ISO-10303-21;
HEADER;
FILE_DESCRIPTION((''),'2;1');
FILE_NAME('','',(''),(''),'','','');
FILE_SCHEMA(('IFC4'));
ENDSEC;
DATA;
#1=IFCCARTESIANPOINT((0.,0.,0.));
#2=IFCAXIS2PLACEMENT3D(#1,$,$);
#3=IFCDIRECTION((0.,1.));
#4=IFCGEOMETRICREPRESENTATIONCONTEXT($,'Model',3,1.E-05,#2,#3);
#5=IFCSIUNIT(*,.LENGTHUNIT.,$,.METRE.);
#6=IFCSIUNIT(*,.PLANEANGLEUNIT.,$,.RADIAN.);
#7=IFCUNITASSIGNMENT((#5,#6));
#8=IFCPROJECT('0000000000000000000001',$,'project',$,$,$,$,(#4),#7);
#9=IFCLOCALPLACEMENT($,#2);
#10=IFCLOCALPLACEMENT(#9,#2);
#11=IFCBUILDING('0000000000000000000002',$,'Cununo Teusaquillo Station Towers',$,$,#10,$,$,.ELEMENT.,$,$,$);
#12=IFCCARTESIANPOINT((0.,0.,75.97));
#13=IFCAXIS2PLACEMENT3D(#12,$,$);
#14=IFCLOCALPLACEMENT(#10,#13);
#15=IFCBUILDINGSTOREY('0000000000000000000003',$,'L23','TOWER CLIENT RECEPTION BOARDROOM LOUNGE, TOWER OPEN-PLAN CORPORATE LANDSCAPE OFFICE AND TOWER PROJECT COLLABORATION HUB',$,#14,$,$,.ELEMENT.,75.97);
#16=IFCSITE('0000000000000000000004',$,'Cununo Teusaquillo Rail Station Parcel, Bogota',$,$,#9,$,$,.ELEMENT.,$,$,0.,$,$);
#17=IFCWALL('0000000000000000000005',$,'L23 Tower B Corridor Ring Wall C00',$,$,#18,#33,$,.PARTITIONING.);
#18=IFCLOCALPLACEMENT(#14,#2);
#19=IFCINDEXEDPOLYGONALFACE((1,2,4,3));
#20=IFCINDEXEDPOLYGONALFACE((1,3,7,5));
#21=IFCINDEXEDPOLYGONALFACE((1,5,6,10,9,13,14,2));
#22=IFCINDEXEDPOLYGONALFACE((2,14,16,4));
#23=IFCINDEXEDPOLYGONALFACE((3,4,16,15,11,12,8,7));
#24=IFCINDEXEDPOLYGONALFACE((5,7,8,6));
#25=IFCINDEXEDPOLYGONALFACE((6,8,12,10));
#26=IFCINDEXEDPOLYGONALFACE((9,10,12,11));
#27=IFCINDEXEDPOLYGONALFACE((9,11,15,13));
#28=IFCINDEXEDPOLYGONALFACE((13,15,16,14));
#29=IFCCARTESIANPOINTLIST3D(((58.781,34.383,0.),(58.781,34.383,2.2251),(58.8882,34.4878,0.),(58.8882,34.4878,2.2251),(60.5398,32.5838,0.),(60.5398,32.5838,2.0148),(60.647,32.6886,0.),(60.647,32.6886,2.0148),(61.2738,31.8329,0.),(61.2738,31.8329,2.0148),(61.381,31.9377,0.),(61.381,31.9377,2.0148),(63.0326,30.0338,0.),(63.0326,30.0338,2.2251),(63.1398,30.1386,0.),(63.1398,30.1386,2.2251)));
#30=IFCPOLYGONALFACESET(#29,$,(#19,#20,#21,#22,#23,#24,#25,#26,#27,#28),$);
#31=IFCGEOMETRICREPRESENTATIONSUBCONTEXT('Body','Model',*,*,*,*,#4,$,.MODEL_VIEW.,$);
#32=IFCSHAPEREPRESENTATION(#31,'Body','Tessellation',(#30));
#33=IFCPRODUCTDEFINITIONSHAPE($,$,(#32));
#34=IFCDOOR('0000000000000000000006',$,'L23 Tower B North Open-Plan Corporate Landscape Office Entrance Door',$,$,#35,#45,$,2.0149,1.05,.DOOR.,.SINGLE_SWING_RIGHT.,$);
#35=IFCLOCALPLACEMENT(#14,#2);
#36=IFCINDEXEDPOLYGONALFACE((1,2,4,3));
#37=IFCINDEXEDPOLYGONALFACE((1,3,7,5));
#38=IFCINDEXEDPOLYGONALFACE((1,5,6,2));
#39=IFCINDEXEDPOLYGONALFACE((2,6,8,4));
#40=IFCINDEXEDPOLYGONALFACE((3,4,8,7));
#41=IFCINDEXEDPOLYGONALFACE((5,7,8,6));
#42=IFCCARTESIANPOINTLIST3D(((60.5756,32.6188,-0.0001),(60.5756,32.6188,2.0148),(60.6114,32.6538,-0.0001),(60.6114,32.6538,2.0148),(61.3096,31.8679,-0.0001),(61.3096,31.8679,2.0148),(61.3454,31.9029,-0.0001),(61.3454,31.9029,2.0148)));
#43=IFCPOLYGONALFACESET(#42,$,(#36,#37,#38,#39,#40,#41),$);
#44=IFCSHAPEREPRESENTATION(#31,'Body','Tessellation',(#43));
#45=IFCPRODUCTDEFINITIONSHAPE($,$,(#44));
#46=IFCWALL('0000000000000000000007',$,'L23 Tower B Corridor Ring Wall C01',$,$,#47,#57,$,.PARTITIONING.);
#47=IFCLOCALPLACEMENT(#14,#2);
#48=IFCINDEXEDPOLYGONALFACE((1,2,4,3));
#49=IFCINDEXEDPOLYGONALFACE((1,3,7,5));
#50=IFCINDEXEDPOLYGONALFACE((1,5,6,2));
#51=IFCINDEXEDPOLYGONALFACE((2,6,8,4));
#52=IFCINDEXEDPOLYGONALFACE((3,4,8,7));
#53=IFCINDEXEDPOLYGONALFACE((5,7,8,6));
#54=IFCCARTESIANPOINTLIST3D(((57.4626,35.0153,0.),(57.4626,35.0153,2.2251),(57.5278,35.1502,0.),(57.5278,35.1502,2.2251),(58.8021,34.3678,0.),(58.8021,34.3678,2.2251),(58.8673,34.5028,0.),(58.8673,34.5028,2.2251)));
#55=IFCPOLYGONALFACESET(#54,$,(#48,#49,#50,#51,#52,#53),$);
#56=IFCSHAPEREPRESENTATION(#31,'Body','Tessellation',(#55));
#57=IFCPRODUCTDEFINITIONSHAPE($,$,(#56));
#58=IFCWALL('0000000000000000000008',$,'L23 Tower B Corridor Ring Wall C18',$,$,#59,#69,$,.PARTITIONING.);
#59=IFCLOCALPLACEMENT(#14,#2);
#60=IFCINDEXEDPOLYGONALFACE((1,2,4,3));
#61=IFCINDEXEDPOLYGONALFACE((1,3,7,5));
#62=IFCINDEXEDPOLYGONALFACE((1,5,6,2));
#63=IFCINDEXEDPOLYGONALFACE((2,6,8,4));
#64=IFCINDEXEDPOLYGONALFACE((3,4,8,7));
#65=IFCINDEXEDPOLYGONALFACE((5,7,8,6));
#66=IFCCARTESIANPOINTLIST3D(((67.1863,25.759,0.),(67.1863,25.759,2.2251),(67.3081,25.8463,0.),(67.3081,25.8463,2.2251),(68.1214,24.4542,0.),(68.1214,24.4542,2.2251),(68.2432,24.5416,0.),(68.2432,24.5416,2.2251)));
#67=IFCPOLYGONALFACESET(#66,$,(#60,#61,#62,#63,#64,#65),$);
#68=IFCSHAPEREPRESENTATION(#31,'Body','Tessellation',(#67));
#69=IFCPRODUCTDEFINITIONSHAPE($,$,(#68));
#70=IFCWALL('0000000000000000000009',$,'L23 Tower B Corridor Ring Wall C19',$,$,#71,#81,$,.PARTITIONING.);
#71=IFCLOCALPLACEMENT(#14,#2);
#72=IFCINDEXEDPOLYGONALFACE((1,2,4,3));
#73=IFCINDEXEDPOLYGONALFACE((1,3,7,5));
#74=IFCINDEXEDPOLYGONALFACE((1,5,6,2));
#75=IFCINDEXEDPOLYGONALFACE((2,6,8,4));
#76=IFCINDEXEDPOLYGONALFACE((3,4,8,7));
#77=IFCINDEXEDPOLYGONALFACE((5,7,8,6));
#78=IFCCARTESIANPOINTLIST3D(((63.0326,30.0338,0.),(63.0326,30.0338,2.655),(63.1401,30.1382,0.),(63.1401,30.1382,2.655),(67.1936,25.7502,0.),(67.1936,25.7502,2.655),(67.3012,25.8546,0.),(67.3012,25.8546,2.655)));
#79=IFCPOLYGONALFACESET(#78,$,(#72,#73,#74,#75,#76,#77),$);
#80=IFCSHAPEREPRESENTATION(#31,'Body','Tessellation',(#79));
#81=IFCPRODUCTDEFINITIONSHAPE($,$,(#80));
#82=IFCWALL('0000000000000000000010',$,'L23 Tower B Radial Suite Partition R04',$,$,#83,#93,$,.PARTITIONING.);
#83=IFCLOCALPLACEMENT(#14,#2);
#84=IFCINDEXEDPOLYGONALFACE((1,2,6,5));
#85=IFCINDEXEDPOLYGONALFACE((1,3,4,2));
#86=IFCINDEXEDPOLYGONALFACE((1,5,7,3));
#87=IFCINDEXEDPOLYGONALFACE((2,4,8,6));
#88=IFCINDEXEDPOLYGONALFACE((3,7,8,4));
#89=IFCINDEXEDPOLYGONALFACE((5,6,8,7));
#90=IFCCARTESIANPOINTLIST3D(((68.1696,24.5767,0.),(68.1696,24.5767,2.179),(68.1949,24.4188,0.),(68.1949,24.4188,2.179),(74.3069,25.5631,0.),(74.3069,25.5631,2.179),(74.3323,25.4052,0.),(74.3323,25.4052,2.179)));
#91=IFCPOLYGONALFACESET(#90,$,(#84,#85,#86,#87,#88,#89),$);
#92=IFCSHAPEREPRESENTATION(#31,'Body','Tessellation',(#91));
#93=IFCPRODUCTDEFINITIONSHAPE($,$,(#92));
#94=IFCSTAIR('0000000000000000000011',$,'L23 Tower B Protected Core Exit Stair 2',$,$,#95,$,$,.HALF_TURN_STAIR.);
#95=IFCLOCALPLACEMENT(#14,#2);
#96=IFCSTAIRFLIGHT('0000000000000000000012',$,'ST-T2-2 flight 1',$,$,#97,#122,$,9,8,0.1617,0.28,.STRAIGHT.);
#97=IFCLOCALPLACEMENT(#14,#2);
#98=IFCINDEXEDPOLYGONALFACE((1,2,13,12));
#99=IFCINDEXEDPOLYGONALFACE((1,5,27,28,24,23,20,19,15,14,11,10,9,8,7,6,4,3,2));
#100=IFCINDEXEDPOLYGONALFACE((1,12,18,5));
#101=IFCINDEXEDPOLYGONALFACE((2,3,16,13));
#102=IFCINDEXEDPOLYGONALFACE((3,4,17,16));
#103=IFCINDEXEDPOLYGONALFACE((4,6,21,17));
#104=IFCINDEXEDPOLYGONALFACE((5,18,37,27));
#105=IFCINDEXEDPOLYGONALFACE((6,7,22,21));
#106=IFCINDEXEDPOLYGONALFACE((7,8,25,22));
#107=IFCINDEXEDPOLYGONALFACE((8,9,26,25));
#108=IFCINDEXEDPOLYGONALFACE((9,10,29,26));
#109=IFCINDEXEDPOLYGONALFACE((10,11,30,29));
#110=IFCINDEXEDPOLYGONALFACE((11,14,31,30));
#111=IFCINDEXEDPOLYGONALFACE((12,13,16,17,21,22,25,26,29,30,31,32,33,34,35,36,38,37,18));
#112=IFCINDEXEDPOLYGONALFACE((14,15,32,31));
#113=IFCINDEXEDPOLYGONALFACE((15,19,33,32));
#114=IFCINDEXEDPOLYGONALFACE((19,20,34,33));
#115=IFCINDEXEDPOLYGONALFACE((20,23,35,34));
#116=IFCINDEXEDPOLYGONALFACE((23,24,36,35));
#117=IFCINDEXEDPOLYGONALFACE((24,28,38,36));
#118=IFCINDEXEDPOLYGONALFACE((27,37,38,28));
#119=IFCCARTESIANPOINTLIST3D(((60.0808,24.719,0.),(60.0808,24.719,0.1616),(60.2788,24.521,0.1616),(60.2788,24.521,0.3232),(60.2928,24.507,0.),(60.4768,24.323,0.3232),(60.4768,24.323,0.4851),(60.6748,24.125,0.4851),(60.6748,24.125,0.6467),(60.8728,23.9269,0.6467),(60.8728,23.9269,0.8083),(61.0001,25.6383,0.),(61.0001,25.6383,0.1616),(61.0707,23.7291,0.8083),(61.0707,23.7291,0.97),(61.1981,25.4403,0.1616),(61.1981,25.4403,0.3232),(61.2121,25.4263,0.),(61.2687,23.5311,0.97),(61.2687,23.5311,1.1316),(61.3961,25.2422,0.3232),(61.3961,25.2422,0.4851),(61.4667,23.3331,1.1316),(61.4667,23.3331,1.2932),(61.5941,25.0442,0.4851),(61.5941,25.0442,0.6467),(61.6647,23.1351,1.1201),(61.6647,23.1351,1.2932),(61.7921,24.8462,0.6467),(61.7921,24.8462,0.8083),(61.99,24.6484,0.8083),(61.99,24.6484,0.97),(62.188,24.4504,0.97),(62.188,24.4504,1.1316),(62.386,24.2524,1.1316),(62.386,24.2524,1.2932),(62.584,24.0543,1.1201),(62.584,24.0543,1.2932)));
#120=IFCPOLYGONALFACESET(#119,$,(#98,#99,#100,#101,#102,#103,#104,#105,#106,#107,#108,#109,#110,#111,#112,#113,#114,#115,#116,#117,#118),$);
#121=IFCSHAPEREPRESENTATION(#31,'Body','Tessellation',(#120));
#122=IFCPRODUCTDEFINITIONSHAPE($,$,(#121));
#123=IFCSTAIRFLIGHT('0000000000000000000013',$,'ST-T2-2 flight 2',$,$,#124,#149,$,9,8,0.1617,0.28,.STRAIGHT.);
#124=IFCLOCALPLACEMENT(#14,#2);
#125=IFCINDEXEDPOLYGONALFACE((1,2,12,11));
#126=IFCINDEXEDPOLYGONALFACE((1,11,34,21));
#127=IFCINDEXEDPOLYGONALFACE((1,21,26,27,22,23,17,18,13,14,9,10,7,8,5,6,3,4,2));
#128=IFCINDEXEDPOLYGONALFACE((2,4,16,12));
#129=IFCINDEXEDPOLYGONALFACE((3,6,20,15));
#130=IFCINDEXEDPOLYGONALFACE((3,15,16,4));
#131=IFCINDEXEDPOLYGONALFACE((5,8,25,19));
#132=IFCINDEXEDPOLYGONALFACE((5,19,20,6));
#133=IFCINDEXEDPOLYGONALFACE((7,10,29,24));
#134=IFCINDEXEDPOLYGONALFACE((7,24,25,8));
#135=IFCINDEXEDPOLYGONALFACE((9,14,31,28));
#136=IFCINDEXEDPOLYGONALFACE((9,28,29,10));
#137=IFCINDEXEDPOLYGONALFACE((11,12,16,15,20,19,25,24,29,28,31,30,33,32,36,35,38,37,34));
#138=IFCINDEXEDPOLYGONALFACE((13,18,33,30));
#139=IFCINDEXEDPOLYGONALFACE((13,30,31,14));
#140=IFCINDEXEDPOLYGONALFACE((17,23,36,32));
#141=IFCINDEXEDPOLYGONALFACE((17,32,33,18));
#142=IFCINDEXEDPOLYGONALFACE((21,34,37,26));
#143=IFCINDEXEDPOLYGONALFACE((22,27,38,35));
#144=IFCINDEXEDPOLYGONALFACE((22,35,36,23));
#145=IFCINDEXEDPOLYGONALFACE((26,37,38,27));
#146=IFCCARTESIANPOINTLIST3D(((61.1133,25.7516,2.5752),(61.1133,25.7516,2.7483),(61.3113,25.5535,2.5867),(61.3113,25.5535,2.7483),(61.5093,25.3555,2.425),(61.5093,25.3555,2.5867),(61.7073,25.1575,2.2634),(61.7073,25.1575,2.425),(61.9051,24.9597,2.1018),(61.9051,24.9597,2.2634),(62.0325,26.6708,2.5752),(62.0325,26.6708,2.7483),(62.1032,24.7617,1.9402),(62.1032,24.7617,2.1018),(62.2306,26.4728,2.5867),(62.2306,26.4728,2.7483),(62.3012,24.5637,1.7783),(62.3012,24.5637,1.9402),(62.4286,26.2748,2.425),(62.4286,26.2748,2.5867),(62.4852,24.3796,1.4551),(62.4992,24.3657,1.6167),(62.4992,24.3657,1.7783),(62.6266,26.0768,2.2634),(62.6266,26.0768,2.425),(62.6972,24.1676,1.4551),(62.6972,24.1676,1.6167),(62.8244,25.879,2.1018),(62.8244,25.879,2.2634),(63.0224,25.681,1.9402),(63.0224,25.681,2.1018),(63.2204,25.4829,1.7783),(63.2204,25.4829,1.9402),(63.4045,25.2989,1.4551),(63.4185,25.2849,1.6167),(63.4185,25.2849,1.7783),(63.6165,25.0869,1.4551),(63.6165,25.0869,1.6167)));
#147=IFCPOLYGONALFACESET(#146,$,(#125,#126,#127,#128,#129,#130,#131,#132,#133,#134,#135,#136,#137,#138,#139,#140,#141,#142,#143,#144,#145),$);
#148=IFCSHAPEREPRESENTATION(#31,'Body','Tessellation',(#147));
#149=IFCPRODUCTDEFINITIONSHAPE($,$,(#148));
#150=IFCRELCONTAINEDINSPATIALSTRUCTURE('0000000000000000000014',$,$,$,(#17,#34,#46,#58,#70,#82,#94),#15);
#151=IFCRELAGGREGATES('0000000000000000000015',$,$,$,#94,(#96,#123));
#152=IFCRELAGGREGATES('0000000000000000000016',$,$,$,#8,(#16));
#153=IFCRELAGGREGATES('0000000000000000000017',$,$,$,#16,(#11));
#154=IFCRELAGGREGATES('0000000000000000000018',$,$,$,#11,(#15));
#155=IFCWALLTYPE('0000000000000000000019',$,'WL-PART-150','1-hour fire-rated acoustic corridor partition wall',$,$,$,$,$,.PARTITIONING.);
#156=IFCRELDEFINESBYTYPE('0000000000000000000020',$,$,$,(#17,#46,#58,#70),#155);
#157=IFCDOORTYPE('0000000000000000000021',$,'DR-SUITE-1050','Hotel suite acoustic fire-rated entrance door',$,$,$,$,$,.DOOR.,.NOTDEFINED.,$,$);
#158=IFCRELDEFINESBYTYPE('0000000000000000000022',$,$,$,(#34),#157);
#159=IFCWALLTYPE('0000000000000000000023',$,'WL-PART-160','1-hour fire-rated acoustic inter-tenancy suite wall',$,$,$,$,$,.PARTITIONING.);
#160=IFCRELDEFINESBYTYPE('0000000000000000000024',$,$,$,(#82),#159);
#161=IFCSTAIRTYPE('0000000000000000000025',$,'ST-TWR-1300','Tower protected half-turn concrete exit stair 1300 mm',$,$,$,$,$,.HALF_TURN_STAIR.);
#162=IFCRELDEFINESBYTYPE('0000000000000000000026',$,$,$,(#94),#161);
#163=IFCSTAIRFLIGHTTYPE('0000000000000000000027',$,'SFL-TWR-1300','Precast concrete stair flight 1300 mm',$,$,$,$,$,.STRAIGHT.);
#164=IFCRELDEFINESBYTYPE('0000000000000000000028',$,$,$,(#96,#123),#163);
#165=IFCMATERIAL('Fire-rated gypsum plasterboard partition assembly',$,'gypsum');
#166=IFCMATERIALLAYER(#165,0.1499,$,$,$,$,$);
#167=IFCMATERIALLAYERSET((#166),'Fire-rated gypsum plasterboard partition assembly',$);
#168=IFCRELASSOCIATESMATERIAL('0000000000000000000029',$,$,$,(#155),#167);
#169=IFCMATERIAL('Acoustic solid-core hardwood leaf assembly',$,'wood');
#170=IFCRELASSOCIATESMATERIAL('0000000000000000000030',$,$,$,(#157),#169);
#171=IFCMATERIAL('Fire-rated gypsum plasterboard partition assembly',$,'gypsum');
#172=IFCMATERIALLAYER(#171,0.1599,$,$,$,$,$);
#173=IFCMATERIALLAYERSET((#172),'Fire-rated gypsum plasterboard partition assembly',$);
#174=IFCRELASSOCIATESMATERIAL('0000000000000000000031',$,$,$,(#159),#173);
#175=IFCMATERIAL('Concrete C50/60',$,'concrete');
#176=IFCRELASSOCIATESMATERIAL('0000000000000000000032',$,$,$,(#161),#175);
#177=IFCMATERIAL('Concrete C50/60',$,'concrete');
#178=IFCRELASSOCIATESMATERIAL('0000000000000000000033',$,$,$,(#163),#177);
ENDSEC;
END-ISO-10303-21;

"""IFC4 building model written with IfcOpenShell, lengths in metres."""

from ifc_helpers import new_model, si_unit, direction, frame, frame_2d, origin, place, context, subcontext, project, spatial, polyline, rectangle, outline, extrude, source, transform, mapped, material, layer, layer_set, type_object, element, fill, aggregate, save


model = new_model("IFC4")

# Units and contexts
model_context = context("Model", 3, precision=1e-05, world=origin(), true_north=direction((0.0, 1.0)))
body_context = subcontext(model_context, "Body", "Model", "MODEL_VIEW")
ifc_project = project(units=[si_unit("LENGTHUNIT", "METRE"), si_unit("PLANEANGLEUNIT", "RADIAN")], contexts=[model_context])

# Site, building, storey
site_placement = place(None, origin())
site = spatial("IfcSite", under=ifc_project, at=site_placement, Name="Cununo Teusaquillo Rail Station Parcel, Bogota", CompositionType="ELEMENT", RefElevation=0.0)
building_placement = place(site_placement, origin())
building = spatial("IfcBuilding", under=site, at=building_placement, Name="Cununo Teusaquillo Station Towers", CompositionType="ELEMENT")
storey_placement = place(building_placement, frame((0.0, 0.0, 75.97)))
storey = spatial("IfcBuildingStorey", under=building, at=storey_placement, Name="L23", Description="TOWER CLIENT RECEPTION BOARDROOM LOUNGE, TOWER OPEN-PLAN CORPORATE LANDSCAPE OFFICE AND TOWER PROJECT COLLABORATION HUB", CompositionType="ELEMENT", Elevation=75.97)

# Wall, opening, door
ifc_material_1 = material(Name="Fire-rated gypsum plasterboard partition assembly", Category="gypsum")
ifc_layer_1 = layer(ifc_material_1, 0.1499)
ifc_layer_set_1 = layer_set([ifc_layer_1], Name="Fire-rated gypsum plasterboard partition assembly")
wall_type_1 = type_object("IfcWallType", Name="WL-PART-150", Description="1-hour fire-rated acoustic corridor partition wall", PredefinedType="PARTITIONING", material=ifc_layer_set_1)
wall_1_placement = place(storey_placement, frame((63.0862, 30.0862, 0.0), z_axis=(0.0, 0.0, 1.0), x_axis=(-0.699033, 0.71509, 0.0)))
wall_1 = element("IfcWall", 1, at=wall_1_placement, inside=storey, type_object=wall_type_1, Name="L23 Tower B Corridor Ring Wall C00", PredefinedType="PARTITIONING", context=body_context, shape_type="SweptSolid", body=[
    extrude(rectangle(XDim=6.082, YDim=0.1499, at=frame_2d((3.041, 0.0))), origin(), (0.0, 0.0, 1.0), 2.2251),
])
shared_shape_1 = source(origin(), body_context, "Body", "SweptSolid", [
    extrude(rectangle(XDim=1.05, YDim=2.0149, at=frame_2d((0.5249, 1.0073))), frame((0.0, 0.085, 0.0), z_axis=(0.0, -1.0, 0.0), x_axis=(1.0, 0.0, 0.0)), (0.0, 0.0, 1.0), 0.1699),
])
opening_1_placement = place(wall_1_placement, frame((2.5161, 0.0, 0.0)))
opening_1 = element("IfcOpeningElement", 2, at=opening_1_placement, cuts=wall_1, PredefinedType="OPENING", context=body_context, shape_type="MappedRepresentation", body=[
    mapped(shared_shape_1, transform((0.0, 0.0, 0.0), x_axis=(1.0, 0.0, 0.0), y_axis=(0.0, 1.0, 0.0), z_axis=(0.0, 0.0, 1.0), scale=1.0)),
])
ifc_material_2 = material(Name="Acoustic solid-core hardwood leaf assembly", Category="wood")
door_type = type_object("IfcDoorType", Name="DR-SUITE-1050", Description="Hotel suite acoustic fire-rated entrance door", OperationType="NOTDEFINED", PredefinedType="DOOR", material=ifc_material_2)
shared_shape_2 = source(origin(), body_context, "Body", "SweptSolid", [
    extrude(rectangle(XDim=1.05, YDim=2.0149, at=frame_2d((0.5249, 1.0073))), frame((0.0, 0.0249, 0.0), z_axis=(0.0, -1.0, 0.0), x_axis=(1.0, 0.0, 0.0)), (0.0, 0.0, 1.0), 0.05),
])
door_placement = place(opening_1_placement, origin())
door = element("IfcDoor", 3, at=door_placement, inside=storey, type_object=door_type, Name="L23 Tower B North Open-Plan Corporate Landscape Office Entrance Door", OperationType="SINGLE_SWING_RIGHT", OverallHeight=2.0149, OverallWidth=1.05, PredefinedType="DOOR", context=body_context, shape_type="MappedRepresentation", body=[
    mapped(shared_shape_2, transform((0.0, 0.0, 0.0), x_axis=(1.0, 0.0, 0.0), y_axis=(0.0, 1.0, 0.0), z_axis=(0.0, 0.0, 1.0), scale=1.0)),
])
fill(opening_1, door)

# Walls
wall_2_placement = place(storey_placement, frame((58.8347, 34.4353, 0.0), z_axis=(0.0, 0.0, 1.0), x_axis=(-0.900352, 0.435162, 0.0)))
element("IfcWall", 4, at=wall_2_placement, inside=storey, type_object=wall_type_1, Name="L23 Tower B Corridor Ring Wall C01", PredefinedType="PARTITIONING", context=body_context, shape_type="SweptSolid", body=[
    extrude(rectangle(XDim=1.4878, YDim=0.1499, at=frame_2d((0.7439, 0.0))), origin(), (0.0, 0.0, 1.0), 2.2251),
])
wall_3_placement = place(storey_placement, frame((68.1824, 24.4978, 0.0), z_axis=(0.0, 0.0, 1.0), x_axis=(-0.582532, 0.812808, 0.0)))
element("IfcWall", 5, at=wall_3_placement, inside=storey, type_object=wall_type_1, Name="L23 Tower B Corridor Ring Wall C18", PredefinedType="PARTITIONING", context=body_context, shape_type="SweptSolid", body=[
    extrude(rectangle(XDim=1.6052, YDim=0.1499, at=frame_2d((0.8027, 0.0))), origin(), (0.0, 0.0, 1.0), 2.2251),
])
wall_4_placement = place(storey_placement, frame((67.2473, 25.8025, 0.0), z_axis=(0.0, 0.0, 1.0), x_axis=(-0.696771, 0.717293, 0.0)))
element("IfcWall", 6, at=wall_4_placement, inside=storey, type_object=wall_type_1, Name="L23 Tower B Corridor Ring Wall C19", PredefinedType="PARTITIONING", context=body_context, shape_type="SweptSolid", body=[
    extrude(rectangle(XDim=5.9719, YDim=0.1499, at=frame_2d((2.9858, 0.0))), origin(), (0.0, 0.0, 1.0), 2.655),
])
ifc_material_3 = material(Name="Fire-rated gypsum plasterboard partition assembly", Category="gypsum")
ifc_layer_2 = layer(ifc_material_3, 0.1599)
ifc_layer_set_2 = layer_set([ifc_layer_2], Name="Fire-rated gypsum plasterboard partition assembly")
wall_type_2 = type_object("IfcWallType", Name="WL-PART-160", Description="1-hour fire-rated acoustic inter-tenancy suite wall", PredefinedType="PARTITIONING", material=ifc_layer_set_2)
wall_5_placement = place(storey_placement, frame((68.1824, 24.4978, 0.0), z_axis=(0.0, 0.0, 1.0), x_axis=(0.987331, 0.158677, 0.0)))
element("IfcWall", 7, at=wall_5_placement, inside=storey, type_object=wall_type_2, Name="L23 Tower B Radial Suite Partition R04", PredefinedType="PARTITIONING", context=body_context, shape_type="SweptSolid", body=[
    extrude(rectangle(XDim=6.2161, YDim=0.1599, at=frame_2d((3.1079, 0.0))), origin(), (0.0, 0.0, 1.0), 2.179),
])

# Stair, stair flights
ifc_material_4 = material(Name="Concrete C50/60", Category="concrete")
stair_type = type_object("IfcStairType", Name="ST-TWR-1300", Description="Tower protected half-turn concrete exit stair 1300 mm", PredefinedType="HALF_TURN_STAIR", material=ifc_material_4)
stair_placement = place(storey_placement, origin())
stair = element("IfcStair", 8, at=stair_placement, inside=storey, type_object=stair_type, Name="L23 Tower B Protected Core Exit Stair 2", PredefinedType="HALF_TURN_STAIR")
ifc_material_5 = material(Name="Concrete C50/60", Category="concrete")
stair_flight_type = type_object("IfcStairFlightType", Name="SFL-TWR-1300", Description="Precast concrete stair flight 1300 mm", PredefinedType="STRAIGHT", material=ifc_material_5)
stair_flight_1_placement = place(storey_placement, frame((60.5405, 25.1787, 0.0), z_axis=(0.0, 0.0, 1.0), x_axis=(0.707107, -0.707107, 0.0)))
stair_flight_1 = element("IfcStairFlight", 9, at=stair_flight_1_placement, type_object=stair_flight_type, Name="ST-T2-2 flight 1", NumberOfRisers=9, NumberOfTreads=8, PredefinedType="STRAIGHT", RiserHeight=0.1617, TreadLength=0.28, context=body_context, shape_type="SweptSolid", body=[
    extrude(outline(polyline([(0.0, 0.0), (0.0, 0.1616), (0.28, 0.1616), (0.28, 0.3232), (0.5601, 0.3232), (0.5601, 0.4851), (0.8401, 0.4851), (0.8401, 0.6467), (1.1201, 0.6467), (1.1201, 0.8083), (1.3999, 0.8083), (1.3999, 0.97), (1.6799, 0.97), (1.6799, 1.1316), (1.96, 1.1316), (1.96, 1.2932), (2.24, 1.2932), (2.24, 1.4551), (2.24, 1.1201), (0.2998, 0.0), (0.0, 0.0)])), frame((0.0, 0.6499, 0.0), z_axis=(0.0, -1.0, 0.0), x_axis=(1.0, 0.0, 0.0)), (0.0, 0.0, 1.0), 1.3),
])
stair_flight_2_placement = place(storey_placement, frame((63.1567, 24.6272, 1.4551), z_axis=(0.0, 0.0, 1.0), x_axis=(-0.707107, 0.707107, 0.0)))
stair_flight_2 = element("IfcStairFlight", 10, at=stair_flight_2_placement, type_object=stair_flight_type, Name="ST-T2-2 flight 2", NumberOfRisers=9, NumberOfTreads=8, PredefinedType="STRAIGHT", RiserHeight=0.1617, TreadLength=0.28, context=body_context, shape_type="SweptSolid", body=[
    extrude(outline(polyline([(0.0, 0.0), (0.0, 0.1616), (0.28, 0.1616), (0.28, 0.3232), (0.5601, 0.3232), (0.5601, 0.4851), (0.8401, 0.4851), (0.8401, 0.6467), (1.1201, 0.6467), (1.1201, 0.8083), (1.3999, 0.8083), (1.3999, 0.97), (1.6799, 0.97), (1.6799, 1.1316), (1.96, 1.1316), (1.96, 1.2932), (2.24, 1.2932), (2.24, 1.4551), (2.24, 1.1201), (0.2998, 0.0), (0.0, 0.0)])), frame((0.0, 0.6499, 0.0), z_axis=(0.0, -1.0, 0.0), x_axis=(1.0, 0.0, 0.0)), (0.0, 0.0, 1.0), 1.3),
])
aggregate(stair, [stair_flight_1, stair_flight_2])

save(model, "model.ifc")
